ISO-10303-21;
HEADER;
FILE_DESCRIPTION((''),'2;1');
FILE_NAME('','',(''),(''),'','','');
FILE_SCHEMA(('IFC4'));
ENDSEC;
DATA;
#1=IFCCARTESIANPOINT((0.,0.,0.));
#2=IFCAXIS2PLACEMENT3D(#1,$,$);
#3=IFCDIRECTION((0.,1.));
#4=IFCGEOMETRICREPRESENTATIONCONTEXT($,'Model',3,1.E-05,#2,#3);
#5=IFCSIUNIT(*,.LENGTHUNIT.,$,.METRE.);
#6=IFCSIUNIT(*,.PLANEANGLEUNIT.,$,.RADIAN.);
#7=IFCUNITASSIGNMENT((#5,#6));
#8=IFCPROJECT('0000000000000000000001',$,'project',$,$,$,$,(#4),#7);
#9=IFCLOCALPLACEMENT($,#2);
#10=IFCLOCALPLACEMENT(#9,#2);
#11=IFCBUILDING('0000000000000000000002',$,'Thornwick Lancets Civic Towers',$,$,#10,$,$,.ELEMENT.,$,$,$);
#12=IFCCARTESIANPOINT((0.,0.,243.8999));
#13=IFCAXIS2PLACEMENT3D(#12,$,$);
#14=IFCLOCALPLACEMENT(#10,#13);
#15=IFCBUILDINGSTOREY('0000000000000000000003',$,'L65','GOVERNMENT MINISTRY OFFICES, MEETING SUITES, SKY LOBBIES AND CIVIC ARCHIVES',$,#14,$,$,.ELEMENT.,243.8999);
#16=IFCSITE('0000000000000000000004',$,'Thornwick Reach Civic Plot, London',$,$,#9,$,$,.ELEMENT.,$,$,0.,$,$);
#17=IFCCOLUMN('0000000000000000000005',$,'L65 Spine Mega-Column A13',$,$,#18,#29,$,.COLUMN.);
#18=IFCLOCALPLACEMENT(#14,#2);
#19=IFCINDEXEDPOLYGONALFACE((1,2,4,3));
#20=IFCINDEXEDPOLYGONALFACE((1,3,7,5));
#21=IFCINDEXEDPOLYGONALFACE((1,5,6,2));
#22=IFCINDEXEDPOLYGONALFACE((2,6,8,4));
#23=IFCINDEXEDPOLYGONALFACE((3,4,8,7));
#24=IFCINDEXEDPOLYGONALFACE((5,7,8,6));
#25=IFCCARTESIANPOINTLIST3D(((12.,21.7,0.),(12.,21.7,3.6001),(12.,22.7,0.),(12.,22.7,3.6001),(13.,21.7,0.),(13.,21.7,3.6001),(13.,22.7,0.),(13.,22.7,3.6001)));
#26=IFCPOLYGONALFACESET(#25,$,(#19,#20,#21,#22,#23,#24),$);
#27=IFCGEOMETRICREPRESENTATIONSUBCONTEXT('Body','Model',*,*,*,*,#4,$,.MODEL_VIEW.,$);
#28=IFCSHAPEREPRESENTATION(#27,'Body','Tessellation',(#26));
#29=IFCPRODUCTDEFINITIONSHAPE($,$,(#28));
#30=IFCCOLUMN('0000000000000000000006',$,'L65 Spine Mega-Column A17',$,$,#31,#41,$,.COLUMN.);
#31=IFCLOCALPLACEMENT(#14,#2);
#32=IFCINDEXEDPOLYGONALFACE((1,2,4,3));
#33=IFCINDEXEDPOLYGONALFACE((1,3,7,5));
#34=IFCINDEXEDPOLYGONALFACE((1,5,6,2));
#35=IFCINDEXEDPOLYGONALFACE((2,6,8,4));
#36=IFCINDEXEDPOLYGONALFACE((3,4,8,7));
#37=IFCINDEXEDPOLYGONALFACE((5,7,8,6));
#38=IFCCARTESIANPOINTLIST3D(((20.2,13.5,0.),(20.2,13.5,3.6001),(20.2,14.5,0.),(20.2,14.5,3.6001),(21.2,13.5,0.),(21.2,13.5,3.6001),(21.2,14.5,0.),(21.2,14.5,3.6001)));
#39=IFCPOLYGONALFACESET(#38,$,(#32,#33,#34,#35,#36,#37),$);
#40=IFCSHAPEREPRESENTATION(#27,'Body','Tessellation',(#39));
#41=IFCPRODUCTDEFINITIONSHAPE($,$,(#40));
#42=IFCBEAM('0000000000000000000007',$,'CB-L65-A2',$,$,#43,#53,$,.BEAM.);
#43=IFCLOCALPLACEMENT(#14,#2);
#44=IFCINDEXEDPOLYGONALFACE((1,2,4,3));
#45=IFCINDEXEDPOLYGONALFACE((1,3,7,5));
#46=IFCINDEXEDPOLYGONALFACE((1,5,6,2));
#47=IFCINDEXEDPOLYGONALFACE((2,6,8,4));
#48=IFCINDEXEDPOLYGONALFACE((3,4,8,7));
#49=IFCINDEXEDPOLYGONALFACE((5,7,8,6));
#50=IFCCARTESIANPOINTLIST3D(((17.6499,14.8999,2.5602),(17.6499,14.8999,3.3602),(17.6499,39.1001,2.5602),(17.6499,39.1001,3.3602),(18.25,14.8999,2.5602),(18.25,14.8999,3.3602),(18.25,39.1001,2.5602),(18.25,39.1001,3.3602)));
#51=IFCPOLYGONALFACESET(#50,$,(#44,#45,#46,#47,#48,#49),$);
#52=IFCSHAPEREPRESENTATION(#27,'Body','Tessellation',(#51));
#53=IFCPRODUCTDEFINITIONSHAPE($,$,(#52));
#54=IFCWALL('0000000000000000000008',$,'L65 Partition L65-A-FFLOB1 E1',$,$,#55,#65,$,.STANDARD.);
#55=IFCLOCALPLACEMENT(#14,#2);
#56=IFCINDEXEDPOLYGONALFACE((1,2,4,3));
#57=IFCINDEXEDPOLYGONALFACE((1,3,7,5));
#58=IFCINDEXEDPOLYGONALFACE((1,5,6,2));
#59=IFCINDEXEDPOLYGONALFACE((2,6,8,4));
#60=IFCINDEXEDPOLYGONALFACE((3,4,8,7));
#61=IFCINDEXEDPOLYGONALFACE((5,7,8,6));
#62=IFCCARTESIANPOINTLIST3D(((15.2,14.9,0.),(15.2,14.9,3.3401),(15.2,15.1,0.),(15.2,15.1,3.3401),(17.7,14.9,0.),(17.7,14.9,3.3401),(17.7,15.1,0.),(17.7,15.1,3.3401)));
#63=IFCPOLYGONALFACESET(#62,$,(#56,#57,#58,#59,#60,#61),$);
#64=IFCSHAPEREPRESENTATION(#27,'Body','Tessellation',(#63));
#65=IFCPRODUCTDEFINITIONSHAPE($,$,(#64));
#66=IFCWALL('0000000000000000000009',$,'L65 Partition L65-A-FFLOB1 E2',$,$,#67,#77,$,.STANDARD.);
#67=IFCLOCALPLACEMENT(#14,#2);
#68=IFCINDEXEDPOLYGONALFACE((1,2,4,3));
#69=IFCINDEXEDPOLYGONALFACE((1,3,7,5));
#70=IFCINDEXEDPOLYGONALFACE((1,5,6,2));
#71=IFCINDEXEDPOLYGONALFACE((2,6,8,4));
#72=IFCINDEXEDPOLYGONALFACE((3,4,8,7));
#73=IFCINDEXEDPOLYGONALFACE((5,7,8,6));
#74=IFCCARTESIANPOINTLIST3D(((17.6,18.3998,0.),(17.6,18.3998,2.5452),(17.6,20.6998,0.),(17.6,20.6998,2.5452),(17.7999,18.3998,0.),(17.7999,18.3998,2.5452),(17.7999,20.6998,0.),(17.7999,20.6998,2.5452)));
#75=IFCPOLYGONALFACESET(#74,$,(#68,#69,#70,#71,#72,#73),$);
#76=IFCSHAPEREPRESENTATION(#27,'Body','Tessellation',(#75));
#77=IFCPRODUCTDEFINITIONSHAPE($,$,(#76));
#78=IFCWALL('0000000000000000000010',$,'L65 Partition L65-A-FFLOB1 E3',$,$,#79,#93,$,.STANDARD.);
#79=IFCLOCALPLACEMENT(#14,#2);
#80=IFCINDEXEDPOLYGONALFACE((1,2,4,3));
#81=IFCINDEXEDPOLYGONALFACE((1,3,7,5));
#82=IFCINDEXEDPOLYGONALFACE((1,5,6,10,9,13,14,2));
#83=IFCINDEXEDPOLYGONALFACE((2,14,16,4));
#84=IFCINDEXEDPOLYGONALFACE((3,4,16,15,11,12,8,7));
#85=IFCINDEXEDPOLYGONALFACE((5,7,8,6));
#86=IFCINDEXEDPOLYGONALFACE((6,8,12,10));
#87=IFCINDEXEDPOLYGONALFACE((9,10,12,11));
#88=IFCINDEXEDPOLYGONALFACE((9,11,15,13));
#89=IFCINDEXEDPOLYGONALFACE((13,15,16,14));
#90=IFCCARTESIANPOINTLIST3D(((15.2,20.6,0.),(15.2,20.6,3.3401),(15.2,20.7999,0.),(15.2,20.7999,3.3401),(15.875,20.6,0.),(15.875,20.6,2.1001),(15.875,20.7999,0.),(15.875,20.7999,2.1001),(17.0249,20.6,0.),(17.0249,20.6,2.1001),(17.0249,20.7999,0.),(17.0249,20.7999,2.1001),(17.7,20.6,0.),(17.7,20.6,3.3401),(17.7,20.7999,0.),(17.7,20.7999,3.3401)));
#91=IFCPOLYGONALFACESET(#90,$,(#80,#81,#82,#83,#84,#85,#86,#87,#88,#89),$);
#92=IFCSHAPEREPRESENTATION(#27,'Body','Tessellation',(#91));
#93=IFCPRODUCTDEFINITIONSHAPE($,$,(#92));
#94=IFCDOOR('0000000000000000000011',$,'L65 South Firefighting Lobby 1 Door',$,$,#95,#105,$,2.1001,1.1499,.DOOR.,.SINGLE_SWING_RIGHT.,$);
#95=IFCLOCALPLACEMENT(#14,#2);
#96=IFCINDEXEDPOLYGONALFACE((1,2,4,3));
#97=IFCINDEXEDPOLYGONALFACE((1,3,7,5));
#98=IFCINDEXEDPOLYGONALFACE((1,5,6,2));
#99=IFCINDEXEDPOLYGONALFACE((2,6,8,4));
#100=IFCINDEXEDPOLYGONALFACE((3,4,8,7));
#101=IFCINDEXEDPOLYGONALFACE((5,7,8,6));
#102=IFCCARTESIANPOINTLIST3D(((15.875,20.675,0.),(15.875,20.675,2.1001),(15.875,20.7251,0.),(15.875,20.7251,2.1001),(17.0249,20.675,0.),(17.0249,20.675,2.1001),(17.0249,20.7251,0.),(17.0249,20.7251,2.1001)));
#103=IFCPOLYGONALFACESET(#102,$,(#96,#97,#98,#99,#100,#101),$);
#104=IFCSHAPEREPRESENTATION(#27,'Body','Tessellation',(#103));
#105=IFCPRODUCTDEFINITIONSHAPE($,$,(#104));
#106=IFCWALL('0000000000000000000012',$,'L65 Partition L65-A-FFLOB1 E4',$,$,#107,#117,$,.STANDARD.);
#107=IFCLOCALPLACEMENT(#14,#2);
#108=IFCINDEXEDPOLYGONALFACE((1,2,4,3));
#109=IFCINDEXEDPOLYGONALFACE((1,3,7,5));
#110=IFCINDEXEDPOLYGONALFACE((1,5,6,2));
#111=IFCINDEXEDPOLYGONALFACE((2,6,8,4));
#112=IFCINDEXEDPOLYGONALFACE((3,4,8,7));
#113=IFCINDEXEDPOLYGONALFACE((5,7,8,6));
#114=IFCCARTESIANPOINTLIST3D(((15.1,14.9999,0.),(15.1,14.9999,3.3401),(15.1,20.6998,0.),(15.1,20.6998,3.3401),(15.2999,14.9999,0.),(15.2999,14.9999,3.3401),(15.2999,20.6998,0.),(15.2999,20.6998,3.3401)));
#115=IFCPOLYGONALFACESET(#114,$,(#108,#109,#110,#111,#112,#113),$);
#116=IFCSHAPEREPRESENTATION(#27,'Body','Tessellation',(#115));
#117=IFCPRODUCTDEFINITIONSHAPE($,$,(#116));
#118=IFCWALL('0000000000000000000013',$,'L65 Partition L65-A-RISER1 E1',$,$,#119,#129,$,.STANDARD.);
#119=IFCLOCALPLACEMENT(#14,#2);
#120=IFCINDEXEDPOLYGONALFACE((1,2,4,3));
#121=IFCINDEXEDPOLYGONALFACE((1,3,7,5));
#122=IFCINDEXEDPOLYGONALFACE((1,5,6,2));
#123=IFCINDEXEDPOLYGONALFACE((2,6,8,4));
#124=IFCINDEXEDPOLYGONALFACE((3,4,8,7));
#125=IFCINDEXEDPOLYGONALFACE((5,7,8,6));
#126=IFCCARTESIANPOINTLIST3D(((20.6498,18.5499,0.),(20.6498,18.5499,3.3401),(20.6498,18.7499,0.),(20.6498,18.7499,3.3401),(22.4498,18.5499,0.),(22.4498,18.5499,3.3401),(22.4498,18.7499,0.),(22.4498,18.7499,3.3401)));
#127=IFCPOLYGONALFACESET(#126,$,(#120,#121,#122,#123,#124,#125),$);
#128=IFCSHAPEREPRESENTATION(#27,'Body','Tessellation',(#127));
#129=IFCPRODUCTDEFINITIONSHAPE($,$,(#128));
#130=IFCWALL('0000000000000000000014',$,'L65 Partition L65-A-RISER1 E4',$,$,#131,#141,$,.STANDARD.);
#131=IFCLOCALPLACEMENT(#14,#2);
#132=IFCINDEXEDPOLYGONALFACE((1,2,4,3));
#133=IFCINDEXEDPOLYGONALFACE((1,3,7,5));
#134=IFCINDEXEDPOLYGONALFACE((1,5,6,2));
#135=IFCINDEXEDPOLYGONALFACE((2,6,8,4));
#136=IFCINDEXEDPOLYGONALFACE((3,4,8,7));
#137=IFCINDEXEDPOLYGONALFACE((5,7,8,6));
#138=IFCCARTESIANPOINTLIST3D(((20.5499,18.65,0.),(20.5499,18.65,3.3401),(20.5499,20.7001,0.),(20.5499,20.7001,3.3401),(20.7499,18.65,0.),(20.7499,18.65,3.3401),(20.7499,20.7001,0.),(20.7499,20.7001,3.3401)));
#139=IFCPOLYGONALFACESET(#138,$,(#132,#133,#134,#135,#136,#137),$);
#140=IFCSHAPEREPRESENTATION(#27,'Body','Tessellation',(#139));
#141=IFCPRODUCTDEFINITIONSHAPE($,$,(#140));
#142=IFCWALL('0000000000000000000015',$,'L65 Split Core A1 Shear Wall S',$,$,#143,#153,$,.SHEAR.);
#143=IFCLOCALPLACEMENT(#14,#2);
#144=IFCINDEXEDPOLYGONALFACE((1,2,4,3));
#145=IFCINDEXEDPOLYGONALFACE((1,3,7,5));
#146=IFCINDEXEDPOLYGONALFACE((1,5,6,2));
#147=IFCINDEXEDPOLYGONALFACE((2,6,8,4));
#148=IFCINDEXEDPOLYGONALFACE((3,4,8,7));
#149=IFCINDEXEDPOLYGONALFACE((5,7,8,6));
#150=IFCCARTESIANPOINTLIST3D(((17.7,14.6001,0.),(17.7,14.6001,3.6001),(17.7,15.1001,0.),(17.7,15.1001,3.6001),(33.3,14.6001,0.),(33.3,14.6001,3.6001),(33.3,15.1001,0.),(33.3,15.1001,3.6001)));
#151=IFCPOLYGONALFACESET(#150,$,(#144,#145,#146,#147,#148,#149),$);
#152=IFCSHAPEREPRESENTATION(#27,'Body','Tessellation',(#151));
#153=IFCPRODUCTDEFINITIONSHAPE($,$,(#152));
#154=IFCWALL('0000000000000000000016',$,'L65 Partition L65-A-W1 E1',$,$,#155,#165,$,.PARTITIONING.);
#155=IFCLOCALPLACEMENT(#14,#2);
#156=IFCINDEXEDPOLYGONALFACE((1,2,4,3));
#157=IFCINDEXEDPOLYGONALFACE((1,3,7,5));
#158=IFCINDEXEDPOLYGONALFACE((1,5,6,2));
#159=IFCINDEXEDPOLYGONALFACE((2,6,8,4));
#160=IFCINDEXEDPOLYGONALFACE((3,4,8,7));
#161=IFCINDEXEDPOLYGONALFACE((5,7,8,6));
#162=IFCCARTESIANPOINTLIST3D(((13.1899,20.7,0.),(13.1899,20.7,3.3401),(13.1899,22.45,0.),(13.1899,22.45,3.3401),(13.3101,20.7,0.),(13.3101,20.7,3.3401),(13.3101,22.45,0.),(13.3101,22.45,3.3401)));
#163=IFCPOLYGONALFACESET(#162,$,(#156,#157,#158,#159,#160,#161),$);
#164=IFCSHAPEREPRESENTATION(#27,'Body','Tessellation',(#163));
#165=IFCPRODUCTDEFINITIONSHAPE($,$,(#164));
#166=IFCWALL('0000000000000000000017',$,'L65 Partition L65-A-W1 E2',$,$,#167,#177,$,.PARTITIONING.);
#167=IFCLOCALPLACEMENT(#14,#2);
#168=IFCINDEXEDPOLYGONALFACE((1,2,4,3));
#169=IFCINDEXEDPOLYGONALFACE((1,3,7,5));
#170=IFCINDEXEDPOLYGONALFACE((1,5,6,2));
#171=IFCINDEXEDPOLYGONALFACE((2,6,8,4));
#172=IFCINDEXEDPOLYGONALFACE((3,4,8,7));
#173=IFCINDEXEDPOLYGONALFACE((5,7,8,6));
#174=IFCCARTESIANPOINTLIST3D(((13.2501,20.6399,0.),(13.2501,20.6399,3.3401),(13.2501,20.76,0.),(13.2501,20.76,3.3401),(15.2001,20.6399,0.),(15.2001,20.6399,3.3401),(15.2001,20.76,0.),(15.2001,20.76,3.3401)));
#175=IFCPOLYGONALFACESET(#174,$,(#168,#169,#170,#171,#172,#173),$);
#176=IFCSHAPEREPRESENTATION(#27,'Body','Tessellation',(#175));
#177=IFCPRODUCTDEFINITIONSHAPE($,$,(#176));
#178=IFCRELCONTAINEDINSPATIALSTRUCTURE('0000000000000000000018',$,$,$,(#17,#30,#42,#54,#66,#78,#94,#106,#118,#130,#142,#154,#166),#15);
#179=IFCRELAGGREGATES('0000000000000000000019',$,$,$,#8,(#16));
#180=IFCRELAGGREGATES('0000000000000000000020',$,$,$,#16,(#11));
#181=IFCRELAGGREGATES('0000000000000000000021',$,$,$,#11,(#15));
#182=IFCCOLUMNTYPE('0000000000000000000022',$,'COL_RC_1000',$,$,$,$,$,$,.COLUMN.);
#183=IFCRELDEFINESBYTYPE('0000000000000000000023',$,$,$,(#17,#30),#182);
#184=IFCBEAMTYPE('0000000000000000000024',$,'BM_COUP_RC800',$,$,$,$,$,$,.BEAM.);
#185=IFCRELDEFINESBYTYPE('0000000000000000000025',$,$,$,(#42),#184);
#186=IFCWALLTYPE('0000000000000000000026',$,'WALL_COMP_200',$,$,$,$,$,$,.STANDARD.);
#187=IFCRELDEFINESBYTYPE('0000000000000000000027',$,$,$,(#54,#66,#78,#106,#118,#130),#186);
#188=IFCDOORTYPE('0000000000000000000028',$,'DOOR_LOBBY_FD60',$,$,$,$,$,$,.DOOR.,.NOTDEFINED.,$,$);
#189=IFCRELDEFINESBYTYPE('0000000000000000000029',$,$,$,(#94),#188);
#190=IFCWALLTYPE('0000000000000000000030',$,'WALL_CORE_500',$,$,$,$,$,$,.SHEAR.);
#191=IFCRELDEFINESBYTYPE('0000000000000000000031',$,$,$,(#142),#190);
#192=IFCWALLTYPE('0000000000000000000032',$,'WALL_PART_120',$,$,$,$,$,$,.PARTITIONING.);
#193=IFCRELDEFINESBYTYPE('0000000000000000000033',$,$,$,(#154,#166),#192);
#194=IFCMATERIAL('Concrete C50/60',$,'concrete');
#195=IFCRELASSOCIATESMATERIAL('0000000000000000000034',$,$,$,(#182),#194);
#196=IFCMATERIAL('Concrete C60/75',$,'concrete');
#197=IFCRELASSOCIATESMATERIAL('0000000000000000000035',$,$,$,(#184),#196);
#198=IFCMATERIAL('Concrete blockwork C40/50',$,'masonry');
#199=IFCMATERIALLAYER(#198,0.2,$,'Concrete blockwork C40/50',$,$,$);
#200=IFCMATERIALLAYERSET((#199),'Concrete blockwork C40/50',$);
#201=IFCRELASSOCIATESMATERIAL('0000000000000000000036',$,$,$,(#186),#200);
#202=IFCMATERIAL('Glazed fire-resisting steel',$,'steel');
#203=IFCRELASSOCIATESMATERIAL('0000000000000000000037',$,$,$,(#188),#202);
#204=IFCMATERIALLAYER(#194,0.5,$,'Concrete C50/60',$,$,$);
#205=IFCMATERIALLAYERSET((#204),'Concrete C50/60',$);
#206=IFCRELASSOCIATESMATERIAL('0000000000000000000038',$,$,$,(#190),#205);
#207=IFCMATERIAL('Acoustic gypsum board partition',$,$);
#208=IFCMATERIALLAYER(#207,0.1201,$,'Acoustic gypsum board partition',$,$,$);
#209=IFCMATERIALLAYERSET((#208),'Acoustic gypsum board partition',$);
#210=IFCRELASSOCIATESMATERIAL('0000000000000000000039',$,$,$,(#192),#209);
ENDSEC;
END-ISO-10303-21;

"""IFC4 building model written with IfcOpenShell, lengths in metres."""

from ifc_helpers import new_model, si_unit, direction, frame, frame_2d, origin, origin_2d, place, context, subcontext, project, spatial, rectangle, extrude, material, layer, layer_set, material_profile, profile_set, type_object, element, fill, save


model = new_model("IFC4")

# Units and contexts
model_context = context("Model", 3, precision=1e-05, world=origin(), true_north=direction((0.0, 1.0)))
body_context = subcontext(model_context, "Body", "Model", "MODEL_VIEW")
ifc_project = project(units=[si_unit("LENGTHUNIT", "METRE"), si_unit("PLANEANGLEUNIT", "RADIAN")], contexts=[model_context])

# Site, building, storey
site_placement = place(None, origin())
site = spatial("IfcSite", under=ifc_project, at=site_placement, Name="Thornwick Reach Civic Plot, London", CompositionType="ELEMENT", RefElevation=0.0)
building_placement = place(site_placement, origin())
building = spatial("IfcBuilding", under=site, at=building_placement, Name="Thornwick Lancets Civic Towers", CompositionType="ELEMENT")
storey_placement = place(building_placement, frame((0.0, 0.0, 243.8999)))
storey = spatial("IfcBuildingStorey", under=building, at=storey_placement, Name="L65", Description="GOVERNMENT MINISTRY OFFICES, MEETING SUITES, SKY LOBBIES AND CIVIC ARCHIVES", CompositionType="ELEMENT", Elevation=243.8999)

# Columns
ifc_material_1 = material(Name="Concrete C50/60", Category="concrete")
ifc_material_profile_1 = material_profile(ifc_material_1, rectangle(XDim=1.0, YDim=1.0, at=origin_2d()), Name="RC 1000x1000")
ifc_profile_set_1 = profile_set([ifc_material_profile_1], Name="Concrete C50/60")
column_type = type_object("IfcColumnType", Name="COL_RC_1000", PredefinedType="COLUMN", material=ifc_profile_set_1)
for number, where, z_axis, x_axis, name in (
    (1, (12.5, 22.2, 0.0), (0.0, 0.0, 1.0), (1.0, 0.0, 0.0), "L65 Spine Mega-Column A13"),
    (2, (20.7, 14.0, 0.0), (0.0, 0.0, 1.0), (1.0, 0.0, 0.0), "L65 Spine Mega-Column A17"),
):
    element("IfcColumn", number, at=place(storey_placement, frame(where, z_axis=z_axis, x_axis=x_axis)), inside=storey, type_object=column_type, Name=name, PredefinedType="COLUMN", context=body_context, shape_type="SweptSolid", body=[
        extrude(rectangle(XDim=1.0, YDim=1.0, at=origin_2d()), origin(), (0.0, 0.0, 1.0), 3.6001),
    ])

# Beam
ifc_material_2 = material(Name="Concrete C60/75", Category="concrete")
ifc_material_profile_2 = material_profile(ifc_material_2, rectangle(XDim=0.6001, YDim=0.8, at=origin_2d()), Name="RC 600x800")
ifc_profile_set_2 = profile_set([ifc_material_profile_2], Name="Concrete C60/75")
beam_type = type_object("IfcBeamType", Name="BM_COUP_RC800", PredefinedType="BEAM", material=ifc_profile_set_2)
beam_placement = place(storey_placement, frame((17.95, 14.8999, 2.9602), z_axis=(0.0, 1.0, 0.0), x_axis=(-1.0, 0.0, 0.0)))
element("IfcBeam", 3, at=beam_placement, inside=storey, type_object=beam_type, Name="CB-L65-A2", PredefinedType="BEAM", context=body_context, shape_type="SweptSolid", body=[
    extrude(rectangle(XDim=0.6001, YDim=0.8, at=origin_2d()), origin(), (0.0, 0.0, 1.0), 24.2002),
])

# Walls
ifc_material_3 = material(Name="Concrete blockwork C40/50", Category="masonry")
ifc_layer_1 = layer(ifc_material_3, 0.2, Name="Concrete blockwork C40/50")
ifc_layer_set_1 = layer_set([ifc_layer_1], Name="Concrete blockwork C40/50")
wall_type_1 = type_object("IfcWallType", Name="WALL_COMP_200", PredefinedType="STANDARD", material=ifc_layer_set_1)
wall_1_placement = place(storey_placement, frame((15.2, 15.0, 0.0), z_axis=(0.0, 0.0, 1.0), x_axis=(1.0, 0.0, 0.0)))
element("IfcWall", 4, at=wall_1_placement, inside=storey, type_object=wall_type_1, Name="L65 Partition L65-A-FFLOB1 E1", PredefinedType="STANDARD", context=body_context, shape_type="SweptSolid", body=[
    extrude(rectangle(XDim=2.5, YDim=0.2, at=frame_2d((1.25, 0.0))), origin(), (0.0, 0.0, 1.0), 3.3401),
])
wall_2_placement = place(storey_placement, frame((17.7, 18.3999, 0.0), z_axis=(0.0, 0.0, 1.0), x_axis=(0.0, 1.0, 0.0)))
element("IfcWall", 5, at=wall_2_placement, inside=storey, type_object=wall_type_1, Name="L65 Partition L65-A-FFLOB1 E2", PredefinedType="STANDARD", context=body_context, shape_type="SweptSolid", body=[
    extrude(rectangle(XDim=2.3, YDim=0.2, at=frame_2d((1.1499, 0.0))), origin(), (0.0, 0.0, 1.0), 2.5452),
])

# Wall, opening, door
wall_3_placement = place(storey_placement, frame((17.7, 20.7, 0.0), z_axis=(0.0, 0.0, 1.0), x_axis=(-1.0, 0.0, 0.0)))
wall_3 = element("IfcWall", 6, at=wall_3_placement, inside=storey, type_object=wall_type_1, Name="L65 Partition L65-A-FFLOB1 E3", PredefinedType="STANDARD", context=body_context, shape_type="SweptSolid", body=[
    extrude(rectangle(XDim=2.5, YDim=0.2, at=frame_2d((1.25, 0.0))), origin(), (0.0, 0.0, 1.0), 3.3401),
])
opening_1_placement = place(wall_3_placement, frame((0.675, 0.0, 0.0)))
opening_1 = element("IfcOpeningElement", 7, at=opening_1_placement, cuts=wall_3, PredefinedType="OPENING", context=body_context, shape_type="SweptSolid", body=[
    extrude(rectangle(XDim=1.1499, YDim=2.1001, at=frame_2d((0.575, 1.05))), frame((0.0, 0.1099, 0.0), z_axis=(0.0, -1.0, 0.0), x_axis=(1.0, 0.0, 0.0)), (0.0, 0.0, 1.0), 0.22),
])
ifc_material_4 = material(Name="Glazed fire-resisting steel", Category="steel")
door_type_1 = type_object("IfcDoorType", Name="DOOR_LOBBY_FD60", OperationType="NOTDEFINED", PredefinedType="DOOR", material=ifc_material_4)
door_1_placement = place(opening_1_placement, origin())
door_1 = element("IfcDoor", 8, at=door_1_placement, inside=storey, type_object=door_type_1, Name="L65 South Firefighting Lobby 1 Door", OperationType="SINGLE_SWING_RIGHT", OverallHeight=2.1001, OverallWidth=1.1499, PredefinedType="DOOR", context=body_context, shape_type="SweptSolid", body=[
    extrude(rectangle(XDim=1.1499, YDim=2.1001, at=frame_2d((0.575, 1.05))), frame((0.0, 0.0249, 0.0), z_axis=(0.0, -1.0, 0.0), x_axis=(1.0, 0.0, 0.0)), (0.0, 0.0, 1.0), 0.05),
])
fill(opening_1, door_1)

# Walls
wall_4_placement = place(storey_placement, frame((15.2, 20.7, 0.0), z_axis=(0.0, 0.0, 1.0), x_axis=(0.0, -1.0, 0.0)))
element("IfcWall", 9, at=wall_4_placement, inside=storey, type_object=wall_type_1, Name="L65 Partition L65-A-FFLOB1 E4", PredefinedType="STANDARD", context=body_context, shape_type="SweptSolid", body=[
    extrude(rectangle(XDim=5.7, YDim=0.2, at=frame_2d((2.8501, 0.0))), origin(), (0.0, 0.0, 1.0), 3.3401),
])
wall_5_placement = place(storey_placement, frame((20.6499, 18.6499, 0.0), z_axis=(0.0, 0.0, 1.0), x_axis=(1.0, 0.0, 0.0)))
element("IfcWall", 10, at=wall_5_placement, inside=storey, type_object=wall_type_1, Name="L65 Partition L65-A-RISER1 E1", PredefinedType="STANDARD", context=body_context, shape_type="SweptSolid", body=[
    extrude(rectangle(XDim=1.8, YDim=0.2, at=frame_2d((0.8999, 0.0))), origin(), (0.0, 0.0, 1.0), 3.3401),
])
wall_6_placement = place(storey_placement, frame((20.6499, 20.7, 0.0), z_axis=(0.0, 0.0, 1.0), x_axis=(0.0, -1.0, 0.0)))
element("IfcWall", 11, at=wall_6_placement, inside=storey, type_object=wall_type_1, Name="L65 Partition L65-A-RISER1 E4", PredefinedType="STANDARD", context=body_context, shape_type="SweptSolid", body=[
    extrude(rectangle(XDim=2.05, YDim=0.2, at=frame_2d((1.0249, 0.0))), origin(), (0.0, 0.0, 1.0), 3.3401),
])
ifc_layer_2 = layer(ifc_material_1, 0.5, Name="Concrete C50/60")
ifc_layer_set_2 = layer_set([ifc_layer_2], Name="Concrete C50/60")
wall_type_2 = type_object("IfcWallType", Name="WALL_CORE_500", PredefinedType="SHEAR", material=ifc_layer_set_2)
wall_7_placement = place(storey_placement, frame((17.7, 14.8501, 0.0), z_axis=(0.0, 0.0, 1.0), x_axis=(1.0, 0.0, 0.0)))
element("IfcWall", 12, at=wall_7_placement, inside=storey, type_object=wall_type_2, Name="L65 Split Core A1 Shear Wall S", PredefinedType="SHEAR", context=body_context, shape_type="SweptSolid", body=[
    extrude(rectangle(XDim=15.6001, YDim=0.5, at=frame_2d((7.8, 0.0))), origin(), (0.0, 0.0, 1.0), 3.6001),
])
ifc_material_5 = material(Name="Acoustic gypsum board partition")
ifc_layer_3 = layer(ifc_material_5, 0.1201, Name="Acoustic gypsum board partition")
ifc_layer_set_3 = layer_set([ifc_layer_3], Name="Acoustic gypsum board partition")
wall_type_3 = type_object("IfcWallType", Name="WALL_PART_120", PredefinedType="PARTITIONING", material=ifc_layer_set_3)
wall_8_placement = place(storey_placement, frame((13.25, 22.45, 0.0), z_axis=(0.0, 0.0, 1.0), x_axis=(0.0, -1.0, 0.0)))
element("IfcWall", 13, at=wall_8_placement, inside=storey, type_object=wall_type_3, Name="L65 Partition L65-A-W1 E1", PredefinedType="PARTITIONING", context=body_context, shape_type="SweptSolid", body=[
    extrude(rectangle(XDim=1.75, YDim=0.1201, at=frame_2d((0.875, 0.0))), origin(), (0.0, 0.0, 1.0), 3.3401),
])
wall_9_placement = place(storey_placement, frame((13.25, 20.7, 0.0), z_axis=(0.0, 0.0, 1.0), x_axis=(1.0, 0.0, 0.0)))
element("IfcWall", 14, at=wall_9_placement, inside=storey, type_object=wall_type_3, Name="L65 Partition L65-A-W1 E2", PredefinedType="PARTITIONING", context=body_context, shape_type="SweptSolid", body=[
    extrude(rectangle(XDim=1.95, YDim=0.1201, at=frame_2d((0.9751, 0.0))), origin(), (0.0, 0.0, 1.0), 3.3401),
])

save(model, "model.ifc")
